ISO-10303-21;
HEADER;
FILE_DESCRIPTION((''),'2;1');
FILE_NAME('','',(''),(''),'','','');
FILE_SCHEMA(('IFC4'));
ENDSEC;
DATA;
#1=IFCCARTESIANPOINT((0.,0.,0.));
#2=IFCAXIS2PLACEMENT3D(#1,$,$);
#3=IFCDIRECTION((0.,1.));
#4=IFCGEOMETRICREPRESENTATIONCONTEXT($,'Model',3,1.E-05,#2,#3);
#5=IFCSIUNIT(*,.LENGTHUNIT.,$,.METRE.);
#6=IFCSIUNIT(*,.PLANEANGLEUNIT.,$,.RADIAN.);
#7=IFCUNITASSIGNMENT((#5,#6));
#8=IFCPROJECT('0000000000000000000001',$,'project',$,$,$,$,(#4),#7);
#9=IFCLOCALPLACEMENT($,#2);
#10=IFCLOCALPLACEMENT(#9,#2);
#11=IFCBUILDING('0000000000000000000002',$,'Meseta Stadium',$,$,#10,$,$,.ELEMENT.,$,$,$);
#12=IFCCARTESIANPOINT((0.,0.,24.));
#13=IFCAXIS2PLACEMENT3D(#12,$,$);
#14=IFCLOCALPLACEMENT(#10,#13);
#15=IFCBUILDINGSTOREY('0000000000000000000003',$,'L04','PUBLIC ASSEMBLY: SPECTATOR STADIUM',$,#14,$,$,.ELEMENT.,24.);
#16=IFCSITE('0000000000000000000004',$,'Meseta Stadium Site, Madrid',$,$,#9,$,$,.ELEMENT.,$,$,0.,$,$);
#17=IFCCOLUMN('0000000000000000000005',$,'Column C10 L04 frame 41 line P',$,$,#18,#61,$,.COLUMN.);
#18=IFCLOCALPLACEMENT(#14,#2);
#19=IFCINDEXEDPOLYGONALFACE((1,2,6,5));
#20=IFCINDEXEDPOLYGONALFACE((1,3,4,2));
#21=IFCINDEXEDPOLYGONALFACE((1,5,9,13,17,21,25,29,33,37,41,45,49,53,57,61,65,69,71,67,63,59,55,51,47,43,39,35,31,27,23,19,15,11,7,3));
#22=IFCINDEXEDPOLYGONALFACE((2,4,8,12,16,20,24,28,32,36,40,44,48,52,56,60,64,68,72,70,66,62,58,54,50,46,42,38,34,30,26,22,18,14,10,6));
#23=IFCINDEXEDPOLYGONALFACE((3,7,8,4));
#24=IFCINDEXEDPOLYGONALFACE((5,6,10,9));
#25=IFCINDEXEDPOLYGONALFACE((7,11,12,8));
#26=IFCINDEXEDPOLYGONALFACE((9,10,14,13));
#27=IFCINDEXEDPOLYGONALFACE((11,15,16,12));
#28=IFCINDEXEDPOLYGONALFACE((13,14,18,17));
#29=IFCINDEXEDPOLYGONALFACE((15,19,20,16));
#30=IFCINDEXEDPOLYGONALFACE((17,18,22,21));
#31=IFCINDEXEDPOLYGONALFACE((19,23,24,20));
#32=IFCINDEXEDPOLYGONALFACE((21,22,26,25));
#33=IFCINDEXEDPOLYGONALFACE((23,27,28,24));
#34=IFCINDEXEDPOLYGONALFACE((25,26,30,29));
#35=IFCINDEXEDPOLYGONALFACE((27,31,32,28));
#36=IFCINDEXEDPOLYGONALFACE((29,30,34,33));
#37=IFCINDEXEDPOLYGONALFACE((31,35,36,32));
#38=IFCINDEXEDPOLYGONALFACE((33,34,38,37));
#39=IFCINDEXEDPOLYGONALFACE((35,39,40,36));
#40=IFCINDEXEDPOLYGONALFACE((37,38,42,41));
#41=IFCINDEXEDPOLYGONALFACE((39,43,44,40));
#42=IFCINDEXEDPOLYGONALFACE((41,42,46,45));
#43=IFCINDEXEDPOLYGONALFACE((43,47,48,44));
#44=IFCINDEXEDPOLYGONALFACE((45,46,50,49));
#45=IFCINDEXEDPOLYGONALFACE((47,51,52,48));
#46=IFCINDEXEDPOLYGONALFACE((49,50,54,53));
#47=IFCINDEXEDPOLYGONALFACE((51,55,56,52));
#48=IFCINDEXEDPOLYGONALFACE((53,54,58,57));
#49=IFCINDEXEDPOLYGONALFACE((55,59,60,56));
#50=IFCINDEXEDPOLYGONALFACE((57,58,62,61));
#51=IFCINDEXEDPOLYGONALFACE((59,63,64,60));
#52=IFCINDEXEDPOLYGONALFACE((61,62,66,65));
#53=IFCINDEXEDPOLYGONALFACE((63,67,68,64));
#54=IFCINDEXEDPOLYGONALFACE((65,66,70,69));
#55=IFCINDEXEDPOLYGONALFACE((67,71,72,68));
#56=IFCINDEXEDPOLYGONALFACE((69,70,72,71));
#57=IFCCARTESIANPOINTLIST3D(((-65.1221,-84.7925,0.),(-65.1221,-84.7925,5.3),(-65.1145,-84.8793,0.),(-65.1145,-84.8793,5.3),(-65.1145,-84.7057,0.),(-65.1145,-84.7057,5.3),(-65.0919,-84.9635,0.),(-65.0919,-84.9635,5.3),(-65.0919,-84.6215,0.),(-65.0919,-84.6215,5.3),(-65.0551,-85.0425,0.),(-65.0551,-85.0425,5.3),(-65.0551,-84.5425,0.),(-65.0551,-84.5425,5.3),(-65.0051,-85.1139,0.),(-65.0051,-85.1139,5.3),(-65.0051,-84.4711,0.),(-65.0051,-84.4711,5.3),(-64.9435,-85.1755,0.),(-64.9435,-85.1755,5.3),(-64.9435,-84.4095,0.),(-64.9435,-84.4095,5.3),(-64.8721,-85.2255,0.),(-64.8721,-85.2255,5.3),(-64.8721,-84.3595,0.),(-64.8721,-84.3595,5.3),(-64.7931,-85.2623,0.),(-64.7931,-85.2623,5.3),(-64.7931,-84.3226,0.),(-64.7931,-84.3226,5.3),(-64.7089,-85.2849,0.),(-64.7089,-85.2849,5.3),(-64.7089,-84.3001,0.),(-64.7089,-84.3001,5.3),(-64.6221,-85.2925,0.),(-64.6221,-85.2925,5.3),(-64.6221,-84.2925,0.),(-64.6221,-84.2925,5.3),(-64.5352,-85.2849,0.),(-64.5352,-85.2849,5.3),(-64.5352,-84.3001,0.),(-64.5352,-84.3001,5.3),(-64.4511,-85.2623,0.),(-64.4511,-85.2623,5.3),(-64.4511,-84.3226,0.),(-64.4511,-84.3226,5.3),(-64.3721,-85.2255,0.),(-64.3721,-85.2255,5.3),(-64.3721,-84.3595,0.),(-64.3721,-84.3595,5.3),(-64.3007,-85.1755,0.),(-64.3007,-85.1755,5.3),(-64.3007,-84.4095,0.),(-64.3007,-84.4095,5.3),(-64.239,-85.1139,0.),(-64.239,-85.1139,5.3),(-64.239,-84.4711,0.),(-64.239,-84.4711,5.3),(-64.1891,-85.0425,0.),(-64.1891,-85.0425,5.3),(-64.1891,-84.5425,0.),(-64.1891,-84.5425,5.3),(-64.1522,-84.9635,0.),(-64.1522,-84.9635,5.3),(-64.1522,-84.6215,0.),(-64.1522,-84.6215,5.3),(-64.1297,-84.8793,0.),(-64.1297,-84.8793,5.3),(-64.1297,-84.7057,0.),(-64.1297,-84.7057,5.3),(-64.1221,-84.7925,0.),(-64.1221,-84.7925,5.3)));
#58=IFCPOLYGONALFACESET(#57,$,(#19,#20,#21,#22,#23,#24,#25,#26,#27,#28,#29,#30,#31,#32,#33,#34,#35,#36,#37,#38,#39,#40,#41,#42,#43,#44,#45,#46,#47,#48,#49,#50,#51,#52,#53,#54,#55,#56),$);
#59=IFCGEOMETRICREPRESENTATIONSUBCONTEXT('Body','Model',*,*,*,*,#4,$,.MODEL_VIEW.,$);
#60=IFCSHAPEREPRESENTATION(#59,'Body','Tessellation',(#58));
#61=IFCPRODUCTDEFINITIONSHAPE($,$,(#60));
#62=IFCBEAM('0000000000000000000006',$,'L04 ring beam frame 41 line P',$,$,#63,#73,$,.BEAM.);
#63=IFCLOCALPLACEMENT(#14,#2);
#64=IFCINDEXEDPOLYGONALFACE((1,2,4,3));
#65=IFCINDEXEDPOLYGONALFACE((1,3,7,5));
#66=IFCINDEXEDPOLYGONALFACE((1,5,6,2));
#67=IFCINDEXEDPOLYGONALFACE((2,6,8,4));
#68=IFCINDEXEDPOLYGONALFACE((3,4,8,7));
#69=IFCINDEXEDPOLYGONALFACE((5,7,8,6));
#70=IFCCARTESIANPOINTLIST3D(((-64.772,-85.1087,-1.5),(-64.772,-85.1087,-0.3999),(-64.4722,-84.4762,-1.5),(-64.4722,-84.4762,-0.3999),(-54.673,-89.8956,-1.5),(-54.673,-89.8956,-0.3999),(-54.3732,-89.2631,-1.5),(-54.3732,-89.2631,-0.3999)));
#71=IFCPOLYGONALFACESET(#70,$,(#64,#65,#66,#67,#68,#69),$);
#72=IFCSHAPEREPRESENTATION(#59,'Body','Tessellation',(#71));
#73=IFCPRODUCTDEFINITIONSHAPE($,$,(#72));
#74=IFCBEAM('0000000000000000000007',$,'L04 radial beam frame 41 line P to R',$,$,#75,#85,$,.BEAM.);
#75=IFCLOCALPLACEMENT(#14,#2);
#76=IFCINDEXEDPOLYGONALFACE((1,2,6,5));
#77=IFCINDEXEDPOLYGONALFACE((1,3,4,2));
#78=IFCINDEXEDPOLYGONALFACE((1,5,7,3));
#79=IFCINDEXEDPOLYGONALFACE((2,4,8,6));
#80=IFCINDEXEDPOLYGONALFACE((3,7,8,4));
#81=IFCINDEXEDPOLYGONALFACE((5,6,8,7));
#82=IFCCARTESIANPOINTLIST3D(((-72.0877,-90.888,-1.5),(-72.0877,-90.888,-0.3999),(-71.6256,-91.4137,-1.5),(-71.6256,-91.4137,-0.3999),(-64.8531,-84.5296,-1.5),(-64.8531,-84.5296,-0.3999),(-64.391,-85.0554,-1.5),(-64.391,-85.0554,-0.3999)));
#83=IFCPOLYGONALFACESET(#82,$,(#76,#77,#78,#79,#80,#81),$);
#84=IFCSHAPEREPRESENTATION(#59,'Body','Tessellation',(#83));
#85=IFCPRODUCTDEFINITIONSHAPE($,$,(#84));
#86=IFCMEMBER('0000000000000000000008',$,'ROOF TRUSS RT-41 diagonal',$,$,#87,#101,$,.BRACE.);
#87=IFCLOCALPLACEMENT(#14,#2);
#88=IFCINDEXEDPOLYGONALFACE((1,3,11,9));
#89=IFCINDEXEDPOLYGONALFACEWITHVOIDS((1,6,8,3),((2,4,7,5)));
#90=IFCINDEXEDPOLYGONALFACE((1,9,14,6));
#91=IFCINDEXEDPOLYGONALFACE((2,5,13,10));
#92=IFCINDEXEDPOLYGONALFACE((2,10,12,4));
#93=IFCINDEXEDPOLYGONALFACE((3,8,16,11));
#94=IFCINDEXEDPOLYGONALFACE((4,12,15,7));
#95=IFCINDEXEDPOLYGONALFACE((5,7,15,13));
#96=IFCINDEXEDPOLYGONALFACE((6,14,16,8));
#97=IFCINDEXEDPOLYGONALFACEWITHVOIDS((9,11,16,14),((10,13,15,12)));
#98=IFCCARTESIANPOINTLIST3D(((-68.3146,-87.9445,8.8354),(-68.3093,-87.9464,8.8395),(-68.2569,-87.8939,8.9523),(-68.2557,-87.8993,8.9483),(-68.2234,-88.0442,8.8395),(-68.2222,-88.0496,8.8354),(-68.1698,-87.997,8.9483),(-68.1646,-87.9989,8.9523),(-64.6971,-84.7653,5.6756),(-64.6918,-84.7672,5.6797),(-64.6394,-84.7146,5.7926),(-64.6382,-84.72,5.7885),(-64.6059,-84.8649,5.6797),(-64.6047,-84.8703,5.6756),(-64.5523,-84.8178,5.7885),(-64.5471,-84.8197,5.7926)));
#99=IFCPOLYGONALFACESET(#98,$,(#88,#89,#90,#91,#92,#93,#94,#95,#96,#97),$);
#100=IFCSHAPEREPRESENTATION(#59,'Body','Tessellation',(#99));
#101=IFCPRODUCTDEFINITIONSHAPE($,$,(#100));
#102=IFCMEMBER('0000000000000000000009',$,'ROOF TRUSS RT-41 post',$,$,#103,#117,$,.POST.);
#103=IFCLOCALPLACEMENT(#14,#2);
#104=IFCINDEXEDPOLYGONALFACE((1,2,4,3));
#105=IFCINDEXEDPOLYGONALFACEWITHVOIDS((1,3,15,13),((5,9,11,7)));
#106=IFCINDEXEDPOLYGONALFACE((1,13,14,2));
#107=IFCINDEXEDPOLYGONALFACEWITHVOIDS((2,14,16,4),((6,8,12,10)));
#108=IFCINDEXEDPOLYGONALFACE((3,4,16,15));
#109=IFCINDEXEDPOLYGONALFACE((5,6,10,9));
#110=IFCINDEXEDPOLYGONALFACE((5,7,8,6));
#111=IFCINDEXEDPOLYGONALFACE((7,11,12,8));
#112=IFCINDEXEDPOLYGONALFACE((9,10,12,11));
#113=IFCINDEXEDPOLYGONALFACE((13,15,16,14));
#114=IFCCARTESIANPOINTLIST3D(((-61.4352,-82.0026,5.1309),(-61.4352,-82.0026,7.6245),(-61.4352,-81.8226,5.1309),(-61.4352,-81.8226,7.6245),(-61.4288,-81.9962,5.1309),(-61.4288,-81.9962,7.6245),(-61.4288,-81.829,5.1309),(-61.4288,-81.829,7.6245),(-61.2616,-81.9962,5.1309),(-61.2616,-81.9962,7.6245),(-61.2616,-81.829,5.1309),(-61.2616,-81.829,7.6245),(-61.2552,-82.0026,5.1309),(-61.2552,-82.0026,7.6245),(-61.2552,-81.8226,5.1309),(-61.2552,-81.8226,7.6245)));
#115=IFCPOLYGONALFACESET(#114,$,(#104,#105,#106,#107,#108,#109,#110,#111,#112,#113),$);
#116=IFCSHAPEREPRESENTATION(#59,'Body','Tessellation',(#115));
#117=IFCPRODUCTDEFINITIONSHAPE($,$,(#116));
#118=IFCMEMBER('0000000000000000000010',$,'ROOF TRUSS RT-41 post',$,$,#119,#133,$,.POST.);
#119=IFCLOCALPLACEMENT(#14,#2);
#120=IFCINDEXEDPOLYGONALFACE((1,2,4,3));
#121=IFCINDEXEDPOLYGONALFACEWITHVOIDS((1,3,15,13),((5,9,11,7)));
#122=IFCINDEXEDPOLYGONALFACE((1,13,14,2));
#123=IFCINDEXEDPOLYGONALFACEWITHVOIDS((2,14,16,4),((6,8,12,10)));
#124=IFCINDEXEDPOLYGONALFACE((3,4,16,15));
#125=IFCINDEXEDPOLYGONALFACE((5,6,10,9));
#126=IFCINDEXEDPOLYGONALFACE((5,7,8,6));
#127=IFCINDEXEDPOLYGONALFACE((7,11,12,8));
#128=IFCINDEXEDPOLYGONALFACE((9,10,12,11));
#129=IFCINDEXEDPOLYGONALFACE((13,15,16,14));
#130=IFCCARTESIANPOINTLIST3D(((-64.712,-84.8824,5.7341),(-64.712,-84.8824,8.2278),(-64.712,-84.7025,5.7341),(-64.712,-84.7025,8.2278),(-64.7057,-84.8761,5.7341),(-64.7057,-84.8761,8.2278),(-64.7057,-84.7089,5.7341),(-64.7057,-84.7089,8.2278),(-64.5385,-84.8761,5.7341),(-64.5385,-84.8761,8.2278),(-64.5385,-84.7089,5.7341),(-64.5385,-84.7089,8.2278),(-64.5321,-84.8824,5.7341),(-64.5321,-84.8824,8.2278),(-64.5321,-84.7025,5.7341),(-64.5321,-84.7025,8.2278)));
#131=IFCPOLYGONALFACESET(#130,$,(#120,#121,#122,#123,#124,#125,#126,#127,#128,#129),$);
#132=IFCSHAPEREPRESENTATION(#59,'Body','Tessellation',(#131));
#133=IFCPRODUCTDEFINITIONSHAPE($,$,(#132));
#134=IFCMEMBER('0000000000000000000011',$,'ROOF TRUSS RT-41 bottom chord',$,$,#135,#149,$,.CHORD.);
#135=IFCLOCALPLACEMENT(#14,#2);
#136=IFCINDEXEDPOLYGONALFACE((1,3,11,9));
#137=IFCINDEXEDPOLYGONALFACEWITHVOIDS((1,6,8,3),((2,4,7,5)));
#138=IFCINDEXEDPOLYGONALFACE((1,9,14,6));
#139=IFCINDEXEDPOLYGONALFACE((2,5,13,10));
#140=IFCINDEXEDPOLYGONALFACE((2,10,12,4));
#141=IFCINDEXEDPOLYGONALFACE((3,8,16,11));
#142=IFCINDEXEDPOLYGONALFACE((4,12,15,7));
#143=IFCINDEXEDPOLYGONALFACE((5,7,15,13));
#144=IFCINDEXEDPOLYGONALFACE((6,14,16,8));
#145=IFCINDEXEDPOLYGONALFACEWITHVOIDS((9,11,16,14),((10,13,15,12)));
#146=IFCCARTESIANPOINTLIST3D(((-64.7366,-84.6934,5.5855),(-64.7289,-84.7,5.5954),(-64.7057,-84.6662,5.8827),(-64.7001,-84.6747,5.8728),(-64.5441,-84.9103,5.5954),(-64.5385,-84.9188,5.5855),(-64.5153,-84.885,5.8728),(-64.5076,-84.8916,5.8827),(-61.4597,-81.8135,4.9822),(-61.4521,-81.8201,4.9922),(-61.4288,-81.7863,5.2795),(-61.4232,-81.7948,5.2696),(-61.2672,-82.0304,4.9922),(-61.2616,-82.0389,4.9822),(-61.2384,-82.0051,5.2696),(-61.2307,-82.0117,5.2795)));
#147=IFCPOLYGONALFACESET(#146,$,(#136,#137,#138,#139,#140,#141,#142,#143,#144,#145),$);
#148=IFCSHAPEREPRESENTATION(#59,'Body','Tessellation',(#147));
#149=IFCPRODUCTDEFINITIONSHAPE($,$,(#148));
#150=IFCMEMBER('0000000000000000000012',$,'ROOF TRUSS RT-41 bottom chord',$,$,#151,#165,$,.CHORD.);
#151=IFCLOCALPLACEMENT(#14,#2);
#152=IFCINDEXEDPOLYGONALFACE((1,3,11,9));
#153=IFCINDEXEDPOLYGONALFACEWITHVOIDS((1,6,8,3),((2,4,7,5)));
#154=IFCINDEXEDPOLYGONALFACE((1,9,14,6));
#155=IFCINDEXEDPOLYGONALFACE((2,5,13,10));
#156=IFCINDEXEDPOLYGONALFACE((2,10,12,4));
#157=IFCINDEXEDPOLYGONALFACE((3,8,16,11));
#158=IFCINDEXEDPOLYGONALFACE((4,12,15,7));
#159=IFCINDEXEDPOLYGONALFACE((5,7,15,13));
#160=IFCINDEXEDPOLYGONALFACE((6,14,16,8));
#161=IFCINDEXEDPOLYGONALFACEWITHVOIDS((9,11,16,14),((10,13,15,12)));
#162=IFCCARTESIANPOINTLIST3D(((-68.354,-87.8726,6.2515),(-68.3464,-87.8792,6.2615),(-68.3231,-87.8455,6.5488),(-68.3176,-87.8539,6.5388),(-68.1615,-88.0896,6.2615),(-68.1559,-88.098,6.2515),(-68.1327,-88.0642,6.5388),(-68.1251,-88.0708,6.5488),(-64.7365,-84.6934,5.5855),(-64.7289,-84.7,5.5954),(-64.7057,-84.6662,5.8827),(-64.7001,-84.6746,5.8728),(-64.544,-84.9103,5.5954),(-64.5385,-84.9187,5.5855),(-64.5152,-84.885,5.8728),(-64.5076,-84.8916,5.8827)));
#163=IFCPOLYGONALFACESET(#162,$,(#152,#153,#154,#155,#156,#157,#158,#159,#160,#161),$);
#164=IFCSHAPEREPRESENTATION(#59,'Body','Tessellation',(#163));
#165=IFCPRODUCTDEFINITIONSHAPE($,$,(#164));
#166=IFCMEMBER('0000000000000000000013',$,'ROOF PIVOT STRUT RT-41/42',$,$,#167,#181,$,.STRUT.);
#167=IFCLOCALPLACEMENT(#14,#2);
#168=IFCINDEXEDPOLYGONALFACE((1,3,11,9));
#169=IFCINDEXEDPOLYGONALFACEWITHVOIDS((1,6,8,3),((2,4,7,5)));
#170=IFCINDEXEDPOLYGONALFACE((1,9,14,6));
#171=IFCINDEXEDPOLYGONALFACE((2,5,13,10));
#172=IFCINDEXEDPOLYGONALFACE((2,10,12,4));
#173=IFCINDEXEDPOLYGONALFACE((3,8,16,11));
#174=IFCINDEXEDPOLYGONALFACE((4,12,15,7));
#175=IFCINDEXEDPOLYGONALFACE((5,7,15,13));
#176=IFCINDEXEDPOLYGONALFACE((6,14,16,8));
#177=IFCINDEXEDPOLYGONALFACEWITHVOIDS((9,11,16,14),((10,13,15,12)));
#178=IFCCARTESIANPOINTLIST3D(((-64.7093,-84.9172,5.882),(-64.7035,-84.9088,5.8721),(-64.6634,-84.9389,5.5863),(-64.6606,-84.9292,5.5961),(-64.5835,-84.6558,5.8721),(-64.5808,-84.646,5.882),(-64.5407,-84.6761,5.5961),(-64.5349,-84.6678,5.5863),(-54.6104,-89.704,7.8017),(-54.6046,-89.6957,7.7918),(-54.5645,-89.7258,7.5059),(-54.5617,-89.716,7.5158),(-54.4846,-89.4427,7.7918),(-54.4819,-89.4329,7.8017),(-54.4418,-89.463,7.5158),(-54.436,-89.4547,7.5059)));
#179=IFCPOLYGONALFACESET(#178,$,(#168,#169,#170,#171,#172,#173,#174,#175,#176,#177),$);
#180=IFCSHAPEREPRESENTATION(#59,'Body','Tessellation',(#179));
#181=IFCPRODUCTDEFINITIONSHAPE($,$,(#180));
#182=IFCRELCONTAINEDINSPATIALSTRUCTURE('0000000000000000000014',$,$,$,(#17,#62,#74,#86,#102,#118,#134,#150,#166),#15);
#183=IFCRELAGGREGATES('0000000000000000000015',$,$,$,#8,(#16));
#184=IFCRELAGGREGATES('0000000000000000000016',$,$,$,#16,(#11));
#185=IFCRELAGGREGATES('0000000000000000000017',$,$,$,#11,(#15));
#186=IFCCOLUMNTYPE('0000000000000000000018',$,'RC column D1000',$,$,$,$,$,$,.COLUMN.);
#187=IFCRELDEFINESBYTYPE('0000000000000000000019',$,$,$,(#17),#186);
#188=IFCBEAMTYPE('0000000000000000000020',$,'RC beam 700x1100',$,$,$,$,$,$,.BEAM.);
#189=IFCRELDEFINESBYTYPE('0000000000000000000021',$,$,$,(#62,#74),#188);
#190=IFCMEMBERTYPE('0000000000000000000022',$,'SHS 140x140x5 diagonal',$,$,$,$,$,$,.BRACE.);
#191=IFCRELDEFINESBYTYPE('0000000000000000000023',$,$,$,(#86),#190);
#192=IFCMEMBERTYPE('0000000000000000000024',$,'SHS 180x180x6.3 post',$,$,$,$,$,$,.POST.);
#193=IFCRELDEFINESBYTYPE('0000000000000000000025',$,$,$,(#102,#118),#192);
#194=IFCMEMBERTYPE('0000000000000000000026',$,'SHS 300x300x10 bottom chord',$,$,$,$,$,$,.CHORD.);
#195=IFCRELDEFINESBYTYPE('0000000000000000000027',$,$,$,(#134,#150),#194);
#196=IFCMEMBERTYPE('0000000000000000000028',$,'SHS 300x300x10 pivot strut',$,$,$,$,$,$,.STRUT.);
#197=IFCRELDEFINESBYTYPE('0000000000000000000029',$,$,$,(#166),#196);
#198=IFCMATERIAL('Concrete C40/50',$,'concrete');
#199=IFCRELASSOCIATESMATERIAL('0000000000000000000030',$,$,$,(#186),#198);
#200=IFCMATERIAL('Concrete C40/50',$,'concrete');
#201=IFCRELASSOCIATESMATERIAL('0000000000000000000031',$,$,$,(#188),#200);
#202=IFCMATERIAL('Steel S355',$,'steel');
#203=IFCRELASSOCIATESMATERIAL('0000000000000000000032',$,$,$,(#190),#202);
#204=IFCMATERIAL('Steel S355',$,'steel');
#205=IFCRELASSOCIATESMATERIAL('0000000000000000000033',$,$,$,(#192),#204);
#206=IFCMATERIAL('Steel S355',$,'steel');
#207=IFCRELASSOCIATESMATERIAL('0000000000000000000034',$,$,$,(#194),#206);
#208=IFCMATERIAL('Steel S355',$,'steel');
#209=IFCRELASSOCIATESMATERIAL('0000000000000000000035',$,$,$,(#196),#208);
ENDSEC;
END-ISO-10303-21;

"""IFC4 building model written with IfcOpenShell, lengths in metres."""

from ifc_helpers import new_model, si_unit, direction, frame, origin, origin_2d, place, context, subcontext, project, spatial, rectangle, hollow_rectangle, circle, extrude, material, material_profile, profile_set, type_object, element, save


model = new_model("IFC4")

# Units and contexts
model_context = context("Model", 3, precision=1e-05, world=origin(), true_north=direction((0.0, 1.0)))
body_context = subcontext(model_context, "Body", "Model", "MODEL_VIEW")
ifc_project = project(units=[si_unit("LENGTHUNIT", "METRE"), si_unit("PLANEANGLEUNIT", "RADIAN")], contexts=[model_context])

# Site, building, storey
site_placement = place(None, origin())
site = spatial("IfcSite", under=ifc_project, at=site_placement, Name="Meseta Stadium Site, Madrid", CompositionType="ELEMENT", RefElevation=0.0)
building_placement = place(site_placement, origin())
building = spatial("IfcBuilding", under=site, at=building_placement, Name="Meseta Stadium", CompositionType="ELEMENT")
storey_placement = place(building_placement, frame((0.0, 0.0, 24.0)))
storey = spatial("IfcBuildingStorey", under=building, at=storey_placement, Name="L04", Description="PUBLIC ASSEMBLY: SPECTATOR STADIUM", CompositionType="ELEMENT", Elevation=24.0)

# Column
ifc_material_1 = material(Name="Concrete C40/50", Category="concrete")
ifc_material_profile_1 = material_profile(ifc_material_1, circle(Radius=0.5, at=origin_2d()), Name="RC D1000")
ifc_profile_set_1 = profile_set([ifc_material_profile_1], Name="Concrete C40/50")
column_type = type_object("IfcColumnType", Name="RC column D1000", PredefinedType="COLUMN", material=ifc_profile_set_1)
column_placement = place(storey_placement, frame((-64.6221, -84.7925, 0.0), z_axis=(0.0, 0.0, 1.0), x_axis=(1.0, 0.0, 0.0)))
element("IfcColumn", 1, at=column_placement, inside=storey, type_object=column_type, Name="Column C10 L04 frame 41 line P", PredefinedType="COLUMN", context=body_context, shape_type="SweptSolid", body=[
    extrude(circle(Radius=0.5, at=origin_2d()), origin(), (0.0, 0.0, 1.0), 5.3),
])

# Beams
ifc_material_2 = material(Name="Concrete C40/50", Category="concrete")
ifc_material_profile_2 = material_profile(ifc_material_2, rectangle(XDim=0.7, YDim=1.1001, at=origin_2d()), Name="RC 700x1100")
ifc_profile_set_2 = profile_set([ifc_material_profile_2], Name="Concrete C40/50")
beam_type = type_object("IfcBeamType", Name="RC beam 700x1100", PredefinedType="BEAM", material=ifc_profile_set_2)
beam_1_placement = place(storey_placement, frame((-64.6221, -84.7925, -0.95), z_axis=(0.903627, -0.428319, 0.0), x_axis=(0.428319, 0.903627, 0.0)))
element("IfcBeam", 2, at=beam_1_placement, inside=storey, type_object=beam_type, Name="L04 ring beam frame 41 line P", PredefinedType="BEAM", context=body_context, shape_type="SweptSolid", body=[
    extrude(rectangle(XDim=0.7, YDim=1.1001, at=origin_2d()), origin(), (0.0, 0.0, 1.0), 11.176),
])
beam_2_placement = place(storey_placement, frame((-64.6221, -84.7925, -0.95), z_axis=(-0.751129, -0.660156, 0.0), x_axis=(0.660156, -0.751129, 0.0)))
element("IfcBeam", 3, at=beam_2_placement, inside=storey, type_object=beam_type, Name="L04 radial beam frame 41 line P to R", PredefinedType="BEAM", context=body_context, shape_type="SweptSolid", body=[
    extrude(rectangle(XDim=0.7, YDim=1.1001, at=origin_2d()), origin(), (0.0, 0.0, 1.0), 9.6316),
])

# Members
ifc_material_3 = material(Name="Steel S355", Category="steel")
ifc_material_profile_3 = material_profile(ifc_material_3, hollow_rectangle(XDim=0.1399, YDim=0.1399, WallThickness=0.0049, at=origin_2d()), Name="SHS 140x140x5")
ifc_profile_set_3 = profile_set([ifc_material_profile_3], Name="Steel S355")
member_type_1 = type_object("IfcMemberType", Name="SHS 140x140x5 diagonal", PredefinedType="BRACE", material=ifc_profile_set_3)
member_1_placement = place(storey_placement, frame((-64.6221, -84.7925, 5.7341), z_axis=(-0.628036, -0.551952, 0.548562), x_axis=(0.660143, -0.75114, 0.0)))
element("IfcMember", 4, at=member_1_placement, inside=storey, type_object=member_type_1, Name="ROOF TRUSS RT-41 diagonal", PredefinedType="BRACE", context=body_context, shape_type="SweptSolid", body=[
    extrude(hollow_rectangle(XDim=0.1399, YDim=0.1399, WallThickness=0.0049, at=origin_2d()), origin(), (0.0, 0.0, 1.0), 5.76),
])
ifc_material_4 = material(Name="Steel S355", Category="steel")
ifc_material_profile_4 = material_profile(ifc_material_4, hollow_rectangle(XDim=0.1799, YDim=0.1799, WallThickness=0.0063, at=origin_2d()), Name="SHS 180x180x6.3")
ifc_profile_set_4 = profile_set([ifc_material_profile_4], Name="Steel S355")
member_type_2 = type_object("IfcMemberType", Name="SHS 180x180x6.3 post", PredefinedType="POST", material=ifc_profile_set_4)
for number, where, z_axis, x_axis, name in (
    (5, (-61.3452, -81.9126, 5.1309), (0.0, 0.0, 1.0), (1.0, 0.0, 0.0), "ROOF TRUSS RT-41 post"),
    (6, (-64.6221, -84.7925, 5.7341), (0.0, 0.0, 1.0), (1.0, 0.0, 0.0), "ROOF TRUSS RT-41 post"),
):
    element("IfcMember", number, at=place(storey_placement, frame(where, z_axis=z_axis, x_axis=x_axis)), inside=storey, type_object=member_type_2, Name=name, PredefinedType="POST", context=body_context, shape_type="SweptSolid", body=[
        extrude(hollow_rectangle(XDim=0.1799, YDim=0.1799, WallThickness=0.0063, at=origin_2d()), origin(), (0.0, 0.0, 1.0), 2.4937),
    ])
ifc_material_5 = material(Name="Steel S355", Category="steel")
ifc_material_profile_5 = material_profile(ifc_material_5, hollow_rectangle(XDim=0.3, YDim=0.3, WallThickness=0.01, at=origin_2d()), Name="SHS 300x300x10")
ifc_profile_set_5 = profile_set([ifc_material_profile_5], Name="Steel S355")
member_type_3 = type_object("IfcMemberType", Name="SHS 300x300x10 bottom chord", PredefinedType="CHORD", material=ifc_profile_set_5)
member_2_placement = place(storey_placement, frame((-61.3452, -81.9126, 5.1309), z_axis=(-0.744059, -0.653921, 0.136982), x_axis=(0.660143, -0.75114, 0.0)))
element("IfcMember", 7, at=member_2_placement, inside=storey, type_object=member_type_3, Name="ROOF TRUSS RT-41 bottom chord", PredefinedType="CHORD", context=body_context, shape_type="SweptSolid", body=[
    extrude(hollow_rectangle(XDim=0.3, YDim=0.3, WallThickness=0.01, at=origin_2d()), origin(), (0.0, 0.0, 1.0), 4.4041),
])
member_3_placement = place(storey_placement, frame((-64.6221, -84.7925, 5.7341), z_axis=(-0.744058, -0.65392, 0.136991), x_axis=(0.660143, -0.75114, 0.0)))
element("IfcMember", 8, at=member_3_placement, inside=storey, type_object=member_type_3, Name="ROOF TRUSS RT-41 bottom chord", PredefinedType="CHORD", context=body_context, shape_type="SweptSolid", body=[
    extrude(hollow_rectangle(XDim=0.3, YDim=0.3, WallThickness=0.01, at=origin_2d()), origin(), (0.0, 0.0, 1.0), 4.8618),
])
ifc_material_6 = material(Name="Steel S355", Category="steel")
ifc_material_profile_6 = material_profile(ifc_material_6, hollow_rectangle(XDim=0.3, YDim=0.3, WallThickness=0.01, at=origin_2d()), Name="SHS 300x300x10")
ifc_profile_set_6 = profile_set([ifc_material_profile_6], Name="Steel S355")
member_type_4 = type_object("IfcMemberType", Name="SHS 300x300x10 pivot strut", PredefinedType="STRUT", material=ifc_profile_set_6)
member_4_placement = place(storey_placement, frame((-64.6221, -84.7925, 5.7341), z_axis=(0.890585, -0.422137, 0.16929), x_axis=(0.428319, 0.903627, 0.0)))
element("IfcMember", 9, at=member_4_placement, inside=storey, type_object=member_type_4, Name="ROOF PIVOT STRUT RT-41/42", PredefinedType="STRUT", context=body_context, shape_type="SweptSolid", body=[
    extrude(hollow_rectangle(XDim=0.3, YDim=0.3, WallThickness=0.01, at=origin_2d()), origin(), (0.0, 0.0, 1.0), 11.3396),
])

save(model, "model.ifc")
